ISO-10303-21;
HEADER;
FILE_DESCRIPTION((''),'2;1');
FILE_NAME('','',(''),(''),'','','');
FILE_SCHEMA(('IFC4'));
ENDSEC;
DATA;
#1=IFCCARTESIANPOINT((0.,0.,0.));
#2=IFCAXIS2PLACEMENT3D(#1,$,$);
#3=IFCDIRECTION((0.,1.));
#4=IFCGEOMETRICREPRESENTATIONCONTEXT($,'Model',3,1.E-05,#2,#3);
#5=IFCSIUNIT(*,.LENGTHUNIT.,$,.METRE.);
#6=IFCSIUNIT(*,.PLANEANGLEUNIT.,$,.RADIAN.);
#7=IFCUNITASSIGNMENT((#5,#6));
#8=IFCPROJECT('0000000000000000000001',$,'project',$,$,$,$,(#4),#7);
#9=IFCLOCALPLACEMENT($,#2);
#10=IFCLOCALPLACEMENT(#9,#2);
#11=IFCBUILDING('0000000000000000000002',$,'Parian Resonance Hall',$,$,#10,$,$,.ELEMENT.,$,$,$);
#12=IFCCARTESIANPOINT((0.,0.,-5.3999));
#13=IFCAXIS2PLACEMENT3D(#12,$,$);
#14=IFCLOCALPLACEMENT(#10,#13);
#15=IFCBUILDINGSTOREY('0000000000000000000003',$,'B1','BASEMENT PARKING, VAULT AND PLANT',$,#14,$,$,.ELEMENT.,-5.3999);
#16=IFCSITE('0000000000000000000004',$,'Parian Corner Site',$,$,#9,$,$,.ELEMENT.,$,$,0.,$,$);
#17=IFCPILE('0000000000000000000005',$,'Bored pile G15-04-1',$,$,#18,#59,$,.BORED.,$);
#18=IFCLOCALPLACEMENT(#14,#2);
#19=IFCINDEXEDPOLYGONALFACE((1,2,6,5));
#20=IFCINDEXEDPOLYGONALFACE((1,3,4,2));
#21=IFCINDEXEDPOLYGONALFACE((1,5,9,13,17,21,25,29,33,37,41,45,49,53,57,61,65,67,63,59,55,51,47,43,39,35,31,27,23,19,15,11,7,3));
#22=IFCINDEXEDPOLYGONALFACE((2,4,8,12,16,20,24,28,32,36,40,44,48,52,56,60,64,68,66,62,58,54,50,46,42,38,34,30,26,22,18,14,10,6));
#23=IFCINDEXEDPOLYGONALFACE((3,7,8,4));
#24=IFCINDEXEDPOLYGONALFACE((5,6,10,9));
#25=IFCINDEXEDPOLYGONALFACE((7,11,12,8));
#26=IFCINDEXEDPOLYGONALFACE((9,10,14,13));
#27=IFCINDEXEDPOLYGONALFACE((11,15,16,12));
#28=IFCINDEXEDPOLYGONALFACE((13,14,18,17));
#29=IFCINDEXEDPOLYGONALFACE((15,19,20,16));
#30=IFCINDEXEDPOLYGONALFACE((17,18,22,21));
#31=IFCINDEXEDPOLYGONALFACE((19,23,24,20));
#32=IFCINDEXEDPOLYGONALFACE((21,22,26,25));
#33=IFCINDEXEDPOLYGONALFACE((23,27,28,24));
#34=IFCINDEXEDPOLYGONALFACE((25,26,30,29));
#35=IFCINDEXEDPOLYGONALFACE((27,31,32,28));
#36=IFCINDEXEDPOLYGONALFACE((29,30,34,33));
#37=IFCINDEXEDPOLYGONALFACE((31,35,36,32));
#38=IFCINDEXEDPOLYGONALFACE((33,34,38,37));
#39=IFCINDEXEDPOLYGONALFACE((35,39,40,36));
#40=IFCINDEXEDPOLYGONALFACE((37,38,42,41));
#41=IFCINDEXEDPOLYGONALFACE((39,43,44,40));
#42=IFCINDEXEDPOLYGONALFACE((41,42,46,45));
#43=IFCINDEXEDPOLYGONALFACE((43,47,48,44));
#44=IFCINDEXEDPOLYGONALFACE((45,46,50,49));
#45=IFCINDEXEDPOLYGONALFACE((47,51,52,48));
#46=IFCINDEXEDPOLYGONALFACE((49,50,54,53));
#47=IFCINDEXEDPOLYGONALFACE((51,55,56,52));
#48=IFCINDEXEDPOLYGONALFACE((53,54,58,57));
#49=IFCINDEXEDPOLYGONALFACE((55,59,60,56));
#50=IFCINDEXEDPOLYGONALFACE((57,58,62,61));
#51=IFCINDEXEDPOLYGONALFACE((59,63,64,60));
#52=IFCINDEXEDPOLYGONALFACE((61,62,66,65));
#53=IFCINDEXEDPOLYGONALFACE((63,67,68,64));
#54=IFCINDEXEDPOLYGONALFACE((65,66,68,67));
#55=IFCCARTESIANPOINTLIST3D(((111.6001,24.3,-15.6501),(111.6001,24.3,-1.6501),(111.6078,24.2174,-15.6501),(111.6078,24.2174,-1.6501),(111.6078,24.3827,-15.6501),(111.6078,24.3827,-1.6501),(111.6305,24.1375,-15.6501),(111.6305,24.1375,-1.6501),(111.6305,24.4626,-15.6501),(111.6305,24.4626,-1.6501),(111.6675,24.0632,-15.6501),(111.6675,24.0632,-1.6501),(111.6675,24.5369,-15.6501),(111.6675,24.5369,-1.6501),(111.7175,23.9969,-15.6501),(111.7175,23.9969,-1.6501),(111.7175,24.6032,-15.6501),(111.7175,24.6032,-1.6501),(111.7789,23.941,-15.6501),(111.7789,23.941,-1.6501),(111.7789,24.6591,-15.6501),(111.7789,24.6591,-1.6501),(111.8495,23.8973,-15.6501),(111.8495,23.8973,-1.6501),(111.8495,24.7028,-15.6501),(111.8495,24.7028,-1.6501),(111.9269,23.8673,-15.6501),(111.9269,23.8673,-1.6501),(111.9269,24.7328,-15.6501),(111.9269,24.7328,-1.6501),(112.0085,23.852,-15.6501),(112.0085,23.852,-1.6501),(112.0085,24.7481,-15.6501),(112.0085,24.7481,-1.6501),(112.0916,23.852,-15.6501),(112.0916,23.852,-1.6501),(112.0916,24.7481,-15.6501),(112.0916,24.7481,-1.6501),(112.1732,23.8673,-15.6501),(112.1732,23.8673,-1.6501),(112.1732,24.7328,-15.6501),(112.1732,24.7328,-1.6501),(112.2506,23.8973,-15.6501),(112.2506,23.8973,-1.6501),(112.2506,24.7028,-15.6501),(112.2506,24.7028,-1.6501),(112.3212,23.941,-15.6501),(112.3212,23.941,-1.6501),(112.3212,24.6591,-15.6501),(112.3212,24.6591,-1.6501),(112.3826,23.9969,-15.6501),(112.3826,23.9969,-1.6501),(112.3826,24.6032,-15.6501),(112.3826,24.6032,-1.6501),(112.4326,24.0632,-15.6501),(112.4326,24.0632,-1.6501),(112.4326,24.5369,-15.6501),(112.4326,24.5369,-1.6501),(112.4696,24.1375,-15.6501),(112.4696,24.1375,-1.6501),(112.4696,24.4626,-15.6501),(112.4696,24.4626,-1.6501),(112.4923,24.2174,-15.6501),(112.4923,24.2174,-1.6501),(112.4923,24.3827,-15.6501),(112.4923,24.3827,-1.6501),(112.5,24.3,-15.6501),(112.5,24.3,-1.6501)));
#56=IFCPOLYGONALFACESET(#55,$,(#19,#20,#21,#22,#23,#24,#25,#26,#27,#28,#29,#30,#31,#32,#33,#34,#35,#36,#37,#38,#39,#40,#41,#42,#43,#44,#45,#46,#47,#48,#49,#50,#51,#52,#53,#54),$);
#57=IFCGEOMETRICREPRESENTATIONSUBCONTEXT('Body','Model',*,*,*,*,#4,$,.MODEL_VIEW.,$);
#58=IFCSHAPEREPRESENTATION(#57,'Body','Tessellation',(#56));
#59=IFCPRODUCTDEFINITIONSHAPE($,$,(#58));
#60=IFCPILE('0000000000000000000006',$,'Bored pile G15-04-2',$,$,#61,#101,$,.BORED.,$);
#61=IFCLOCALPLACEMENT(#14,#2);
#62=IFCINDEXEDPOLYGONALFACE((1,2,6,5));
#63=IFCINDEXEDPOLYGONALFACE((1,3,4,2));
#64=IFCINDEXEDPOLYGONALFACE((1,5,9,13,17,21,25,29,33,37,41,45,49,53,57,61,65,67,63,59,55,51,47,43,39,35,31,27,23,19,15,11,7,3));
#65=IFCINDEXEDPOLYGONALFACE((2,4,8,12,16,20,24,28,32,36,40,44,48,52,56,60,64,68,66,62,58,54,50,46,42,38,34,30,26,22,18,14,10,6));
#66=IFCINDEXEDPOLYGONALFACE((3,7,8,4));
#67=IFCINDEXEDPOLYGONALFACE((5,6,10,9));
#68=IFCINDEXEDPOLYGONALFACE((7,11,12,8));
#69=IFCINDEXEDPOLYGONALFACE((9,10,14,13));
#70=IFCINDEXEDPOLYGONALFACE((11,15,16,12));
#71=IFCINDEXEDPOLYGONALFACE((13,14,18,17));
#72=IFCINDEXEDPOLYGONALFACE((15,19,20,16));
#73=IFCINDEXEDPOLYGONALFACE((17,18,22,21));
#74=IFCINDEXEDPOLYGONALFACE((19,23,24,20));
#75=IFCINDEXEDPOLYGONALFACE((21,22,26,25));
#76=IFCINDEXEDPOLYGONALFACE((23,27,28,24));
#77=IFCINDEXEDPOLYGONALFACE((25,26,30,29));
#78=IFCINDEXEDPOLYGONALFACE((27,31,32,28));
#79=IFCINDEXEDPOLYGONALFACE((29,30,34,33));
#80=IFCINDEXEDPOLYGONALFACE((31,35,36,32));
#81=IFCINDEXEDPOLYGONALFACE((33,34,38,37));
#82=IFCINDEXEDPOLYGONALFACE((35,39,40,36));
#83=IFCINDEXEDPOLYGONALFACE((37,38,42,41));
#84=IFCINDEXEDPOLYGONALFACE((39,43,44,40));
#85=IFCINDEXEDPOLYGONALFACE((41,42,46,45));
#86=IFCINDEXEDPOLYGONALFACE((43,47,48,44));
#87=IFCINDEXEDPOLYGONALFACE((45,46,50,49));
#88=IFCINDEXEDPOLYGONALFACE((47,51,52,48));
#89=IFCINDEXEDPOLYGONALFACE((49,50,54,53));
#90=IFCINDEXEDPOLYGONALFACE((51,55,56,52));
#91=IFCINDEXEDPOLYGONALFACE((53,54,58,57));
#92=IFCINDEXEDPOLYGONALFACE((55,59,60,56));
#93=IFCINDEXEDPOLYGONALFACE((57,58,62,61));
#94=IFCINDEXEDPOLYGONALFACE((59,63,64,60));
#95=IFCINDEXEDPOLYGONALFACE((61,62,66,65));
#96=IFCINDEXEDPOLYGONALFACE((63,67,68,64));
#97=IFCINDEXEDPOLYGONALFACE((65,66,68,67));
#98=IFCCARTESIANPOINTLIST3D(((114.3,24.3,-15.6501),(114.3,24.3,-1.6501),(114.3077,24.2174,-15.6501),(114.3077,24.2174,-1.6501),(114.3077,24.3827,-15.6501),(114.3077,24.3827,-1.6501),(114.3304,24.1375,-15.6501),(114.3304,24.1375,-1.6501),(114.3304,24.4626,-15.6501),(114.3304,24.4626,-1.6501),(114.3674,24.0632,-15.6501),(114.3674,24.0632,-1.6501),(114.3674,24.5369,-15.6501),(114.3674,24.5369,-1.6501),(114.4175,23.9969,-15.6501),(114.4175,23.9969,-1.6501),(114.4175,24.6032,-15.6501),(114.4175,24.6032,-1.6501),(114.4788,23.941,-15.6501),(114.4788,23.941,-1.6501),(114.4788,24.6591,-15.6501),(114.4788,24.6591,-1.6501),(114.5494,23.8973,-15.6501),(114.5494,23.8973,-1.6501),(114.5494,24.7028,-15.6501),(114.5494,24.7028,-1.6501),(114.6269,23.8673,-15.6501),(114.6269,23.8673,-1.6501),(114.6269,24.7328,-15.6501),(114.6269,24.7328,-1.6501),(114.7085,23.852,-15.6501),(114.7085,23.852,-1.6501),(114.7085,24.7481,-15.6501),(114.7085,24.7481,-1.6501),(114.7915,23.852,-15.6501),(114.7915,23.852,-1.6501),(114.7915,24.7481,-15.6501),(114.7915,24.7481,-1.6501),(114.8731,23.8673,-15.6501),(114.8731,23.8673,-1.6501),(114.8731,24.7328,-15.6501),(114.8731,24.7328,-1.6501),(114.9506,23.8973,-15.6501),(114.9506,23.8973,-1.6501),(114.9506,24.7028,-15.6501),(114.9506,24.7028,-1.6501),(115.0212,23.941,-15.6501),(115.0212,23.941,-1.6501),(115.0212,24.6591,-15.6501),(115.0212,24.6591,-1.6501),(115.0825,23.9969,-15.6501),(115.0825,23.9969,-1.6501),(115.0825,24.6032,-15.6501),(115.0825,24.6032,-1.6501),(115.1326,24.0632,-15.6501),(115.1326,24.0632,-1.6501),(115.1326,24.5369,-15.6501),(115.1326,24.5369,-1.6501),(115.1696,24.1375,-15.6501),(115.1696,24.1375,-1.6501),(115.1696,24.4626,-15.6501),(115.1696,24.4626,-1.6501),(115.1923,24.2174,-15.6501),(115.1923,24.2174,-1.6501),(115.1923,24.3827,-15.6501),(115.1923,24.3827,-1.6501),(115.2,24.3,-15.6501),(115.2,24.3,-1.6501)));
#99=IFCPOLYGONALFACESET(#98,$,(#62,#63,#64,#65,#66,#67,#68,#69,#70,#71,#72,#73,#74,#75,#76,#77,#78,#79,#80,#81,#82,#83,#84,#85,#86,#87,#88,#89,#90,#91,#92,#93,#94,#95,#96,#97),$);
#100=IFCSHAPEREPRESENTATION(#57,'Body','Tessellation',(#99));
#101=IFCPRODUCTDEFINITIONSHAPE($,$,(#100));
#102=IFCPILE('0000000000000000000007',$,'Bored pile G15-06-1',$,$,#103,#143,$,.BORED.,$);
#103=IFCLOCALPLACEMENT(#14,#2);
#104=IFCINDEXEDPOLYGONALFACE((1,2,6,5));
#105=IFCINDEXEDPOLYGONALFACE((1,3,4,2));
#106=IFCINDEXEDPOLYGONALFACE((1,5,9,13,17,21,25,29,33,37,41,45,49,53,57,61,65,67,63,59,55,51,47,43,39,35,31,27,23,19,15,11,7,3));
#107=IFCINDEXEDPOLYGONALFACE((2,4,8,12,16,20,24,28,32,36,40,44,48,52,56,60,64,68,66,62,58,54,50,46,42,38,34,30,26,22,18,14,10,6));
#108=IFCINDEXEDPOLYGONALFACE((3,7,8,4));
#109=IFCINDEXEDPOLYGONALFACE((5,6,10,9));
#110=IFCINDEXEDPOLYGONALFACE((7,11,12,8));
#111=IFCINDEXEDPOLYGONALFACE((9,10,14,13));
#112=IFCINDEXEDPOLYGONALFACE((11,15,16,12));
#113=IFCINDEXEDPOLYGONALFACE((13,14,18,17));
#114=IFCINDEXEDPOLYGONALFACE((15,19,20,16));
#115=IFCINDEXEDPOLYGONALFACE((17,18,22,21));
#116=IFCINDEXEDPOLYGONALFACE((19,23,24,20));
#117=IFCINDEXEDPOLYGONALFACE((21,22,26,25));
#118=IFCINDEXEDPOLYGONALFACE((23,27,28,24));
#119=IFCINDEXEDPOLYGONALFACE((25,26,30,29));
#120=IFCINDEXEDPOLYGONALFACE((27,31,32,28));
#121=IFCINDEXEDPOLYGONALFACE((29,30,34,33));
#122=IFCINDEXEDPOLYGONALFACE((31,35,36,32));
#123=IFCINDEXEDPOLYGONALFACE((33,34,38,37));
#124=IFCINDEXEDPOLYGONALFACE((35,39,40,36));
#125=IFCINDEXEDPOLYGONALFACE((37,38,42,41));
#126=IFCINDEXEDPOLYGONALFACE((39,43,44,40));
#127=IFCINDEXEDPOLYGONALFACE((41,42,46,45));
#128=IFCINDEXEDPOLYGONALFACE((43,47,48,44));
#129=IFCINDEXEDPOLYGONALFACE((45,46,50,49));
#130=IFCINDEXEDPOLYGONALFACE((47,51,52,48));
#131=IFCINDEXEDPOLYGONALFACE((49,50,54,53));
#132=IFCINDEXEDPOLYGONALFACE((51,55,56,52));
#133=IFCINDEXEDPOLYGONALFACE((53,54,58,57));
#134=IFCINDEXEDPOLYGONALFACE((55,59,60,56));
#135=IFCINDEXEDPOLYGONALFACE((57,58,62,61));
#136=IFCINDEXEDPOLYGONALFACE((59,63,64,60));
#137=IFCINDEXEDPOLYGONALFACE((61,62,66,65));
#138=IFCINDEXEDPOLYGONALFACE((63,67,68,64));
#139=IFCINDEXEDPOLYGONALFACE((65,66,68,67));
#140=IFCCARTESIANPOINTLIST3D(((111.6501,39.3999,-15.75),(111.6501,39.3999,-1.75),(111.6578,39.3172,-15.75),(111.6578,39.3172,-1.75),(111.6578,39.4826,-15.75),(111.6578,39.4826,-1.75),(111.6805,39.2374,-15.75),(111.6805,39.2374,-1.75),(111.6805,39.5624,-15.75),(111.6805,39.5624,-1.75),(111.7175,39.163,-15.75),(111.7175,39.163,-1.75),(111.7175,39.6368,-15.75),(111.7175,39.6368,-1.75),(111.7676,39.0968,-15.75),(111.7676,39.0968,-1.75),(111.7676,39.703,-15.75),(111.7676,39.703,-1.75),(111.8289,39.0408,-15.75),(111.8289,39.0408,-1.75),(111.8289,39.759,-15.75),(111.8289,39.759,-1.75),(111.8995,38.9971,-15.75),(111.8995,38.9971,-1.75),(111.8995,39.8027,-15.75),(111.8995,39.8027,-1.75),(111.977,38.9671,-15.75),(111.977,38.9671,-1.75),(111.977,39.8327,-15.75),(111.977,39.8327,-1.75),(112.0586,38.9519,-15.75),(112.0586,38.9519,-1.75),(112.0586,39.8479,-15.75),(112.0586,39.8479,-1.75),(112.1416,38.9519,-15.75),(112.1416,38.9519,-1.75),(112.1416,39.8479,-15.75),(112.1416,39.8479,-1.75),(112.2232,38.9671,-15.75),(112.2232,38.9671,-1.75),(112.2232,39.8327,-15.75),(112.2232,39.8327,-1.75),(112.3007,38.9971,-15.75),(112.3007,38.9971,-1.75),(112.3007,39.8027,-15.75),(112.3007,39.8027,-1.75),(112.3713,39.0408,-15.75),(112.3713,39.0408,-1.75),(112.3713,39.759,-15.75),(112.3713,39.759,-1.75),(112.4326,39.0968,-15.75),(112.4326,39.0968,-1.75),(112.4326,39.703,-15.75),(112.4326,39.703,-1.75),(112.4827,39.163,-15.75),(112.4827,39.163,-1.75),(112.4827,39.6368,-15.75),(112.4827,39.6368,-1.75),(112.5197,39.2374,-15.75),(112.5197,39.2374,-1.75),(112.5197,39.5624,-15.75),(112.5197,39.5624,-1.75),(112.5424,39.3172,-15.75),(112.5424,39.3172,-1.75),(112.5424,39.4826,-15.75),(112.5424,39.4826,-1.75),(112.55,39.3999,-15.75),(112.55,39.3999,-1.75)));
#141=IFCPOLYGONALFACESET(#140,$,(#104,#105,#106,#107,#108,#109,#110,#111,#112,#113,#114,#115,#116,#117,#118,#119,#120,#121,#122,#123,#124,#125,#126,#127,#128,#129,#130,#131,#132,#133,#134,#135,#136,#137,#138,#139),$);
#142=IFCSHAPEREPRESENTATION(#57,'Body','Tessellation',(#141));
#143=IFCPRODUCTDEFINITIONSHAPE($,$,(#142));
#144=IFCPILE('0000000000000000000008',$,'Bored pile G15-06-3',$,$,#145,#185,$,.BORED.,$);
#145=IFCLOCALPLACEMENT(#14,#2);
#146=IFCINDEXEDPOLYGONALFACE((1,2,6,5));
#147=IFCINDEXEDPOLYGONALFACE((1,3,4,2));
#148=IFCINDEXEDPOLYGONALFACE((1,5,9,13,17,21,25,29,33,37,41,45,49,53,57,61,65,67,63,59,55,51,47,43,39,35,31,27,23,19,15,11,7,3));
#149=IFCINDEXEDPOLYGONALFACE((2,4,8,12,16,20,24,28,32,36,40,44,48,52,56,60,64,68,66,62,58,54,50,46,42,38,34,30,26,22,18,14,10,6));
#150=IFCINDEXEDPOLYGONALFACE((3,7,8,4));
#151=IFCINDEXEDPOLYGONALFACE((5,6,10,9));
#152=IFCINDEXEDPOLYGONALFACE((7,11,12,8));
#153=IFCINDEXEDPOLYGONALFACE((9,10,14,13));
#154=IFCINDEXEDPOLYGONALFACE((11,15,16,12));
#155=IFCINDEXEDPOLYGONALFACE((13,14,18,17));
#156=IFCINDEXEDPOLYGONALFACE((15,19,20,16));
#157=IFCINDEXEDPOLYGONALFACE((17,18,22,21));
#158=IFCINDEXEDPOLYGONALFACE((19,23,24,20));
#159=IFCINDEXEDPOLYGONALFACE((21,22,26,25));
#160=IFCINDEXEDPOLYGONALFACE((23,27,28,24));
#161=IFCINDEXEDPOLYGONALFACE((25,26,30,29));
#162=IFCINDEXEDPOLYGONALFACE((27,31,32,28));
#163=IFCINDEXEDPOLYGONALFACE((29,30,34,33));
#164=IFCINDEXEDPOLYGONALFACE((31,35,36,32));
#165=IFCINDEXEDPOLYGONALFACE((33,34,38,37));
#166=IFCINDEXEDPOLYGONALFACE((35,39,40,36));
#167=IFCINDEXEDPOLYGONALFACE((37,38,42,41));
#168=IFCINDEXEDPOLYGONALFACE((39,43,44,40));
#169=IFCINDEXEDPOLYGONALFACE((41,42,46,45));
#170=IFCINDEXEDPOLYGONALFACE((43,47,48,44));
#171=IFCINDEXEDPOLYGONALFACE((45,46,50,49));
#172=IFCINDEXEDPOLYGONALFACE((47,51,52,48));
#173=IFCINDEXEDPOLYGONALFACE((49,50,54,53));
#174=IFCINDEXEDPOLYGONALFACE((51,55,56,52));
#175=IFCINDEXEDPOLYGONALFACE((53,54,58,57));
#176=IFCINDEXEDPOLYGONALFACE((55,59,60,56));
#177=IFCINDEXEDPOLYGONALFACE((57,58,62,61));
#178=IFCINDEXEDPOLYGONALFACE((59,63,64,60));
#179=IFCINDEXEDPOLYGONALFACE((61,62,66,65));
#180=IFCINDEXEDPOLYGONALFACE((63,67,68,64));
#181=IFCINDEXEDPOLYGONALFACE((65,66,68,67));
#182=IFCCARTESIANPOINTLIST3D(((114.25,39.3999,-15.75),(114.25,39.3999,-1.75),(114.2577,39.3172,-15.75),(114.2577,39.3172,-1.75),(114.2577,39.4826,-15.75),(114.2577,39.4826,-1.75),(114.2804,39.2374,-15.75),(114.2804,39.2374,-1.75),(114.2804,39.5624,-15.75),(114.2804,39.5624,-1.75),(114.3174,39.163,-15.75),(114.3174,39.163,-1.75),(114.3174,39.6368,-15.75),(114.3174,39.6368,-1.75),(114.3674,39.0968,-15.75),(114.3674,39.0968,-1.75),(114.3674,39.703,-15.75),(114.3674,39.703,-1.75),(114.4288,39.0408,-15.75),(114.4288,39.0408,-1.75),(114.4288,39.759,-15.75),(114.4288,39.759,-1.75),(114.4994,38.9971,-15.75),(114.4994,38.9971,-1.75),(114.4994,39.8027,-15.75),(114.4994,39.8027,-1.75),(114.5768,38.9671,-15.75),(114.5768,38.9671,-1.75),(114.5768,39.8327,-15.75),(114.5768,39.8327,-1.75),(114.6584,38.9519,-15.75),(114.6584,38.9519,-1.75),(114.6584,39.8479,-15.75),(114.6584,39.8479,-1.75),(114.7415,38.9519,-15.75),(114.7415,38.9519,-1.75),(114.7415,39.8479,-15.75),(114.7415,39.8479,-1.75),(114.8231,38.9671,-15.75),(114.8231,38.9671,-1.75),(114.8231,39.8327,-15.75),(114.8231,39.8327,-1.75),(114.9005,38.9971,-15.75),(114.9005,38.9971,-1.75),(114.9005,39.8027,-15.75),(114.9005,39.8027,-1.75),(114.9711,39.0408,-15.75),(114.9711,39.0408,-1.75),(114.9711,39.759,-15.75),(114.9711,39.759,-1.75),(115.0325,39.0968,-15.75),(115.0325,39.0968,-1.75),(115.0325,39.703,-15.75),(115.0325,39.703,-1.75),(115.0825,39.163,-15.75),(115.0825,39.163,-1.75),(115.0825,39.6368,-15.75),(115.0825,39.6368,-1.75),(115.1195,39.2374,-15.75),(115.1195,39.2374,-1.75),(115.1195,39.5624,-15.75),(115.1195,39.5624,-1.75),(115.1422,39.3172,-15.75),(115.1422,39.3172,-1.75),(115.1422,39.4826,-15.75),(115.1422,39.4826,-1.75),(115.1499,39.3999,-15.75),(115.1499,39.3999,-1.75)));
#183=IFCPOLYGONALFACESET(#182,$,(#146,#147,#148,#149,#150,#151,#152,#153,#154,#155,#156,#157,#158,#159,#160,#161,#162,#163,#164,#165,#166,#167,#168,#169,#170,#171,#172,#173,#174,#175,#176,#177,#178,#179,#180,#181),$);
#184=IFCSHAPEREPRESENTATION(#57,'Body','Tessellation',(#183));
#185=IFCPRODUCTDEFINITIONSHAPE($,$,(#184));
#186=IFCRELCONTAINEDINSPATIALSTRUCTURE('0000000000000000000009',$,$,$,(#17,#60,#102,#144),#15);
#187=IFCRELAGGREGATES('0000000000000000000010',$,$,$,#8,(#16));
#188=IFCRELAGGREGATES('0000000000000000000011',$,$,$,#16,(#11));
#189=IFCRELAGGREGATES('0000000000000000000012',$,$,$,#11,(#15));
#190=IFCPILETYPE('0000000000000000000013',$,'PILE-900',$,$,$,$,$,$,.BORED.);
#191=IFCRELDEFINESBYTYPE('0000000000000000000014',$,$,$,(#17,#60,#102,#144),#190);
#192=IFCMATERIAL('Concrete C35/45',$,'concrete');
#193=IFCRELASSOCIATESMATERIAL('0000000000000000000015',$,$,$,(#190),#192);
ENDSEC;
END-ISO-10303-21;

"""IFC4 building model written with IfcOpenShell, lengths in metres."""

from ifc_helpers import new_model, si_unit, direction, frame, origin, origin_2d, place, context, subcontext, project, spatial, circle, extrude, material, material_profile, profile_set, type_object, element, save


model = new_model("IFC4")

# Units and contexts
model_context = context("Model", 3, precision=1e-05, world=origin(), true_north=direction((0.0, 1.0)))
body_context = subcontext(model_context, "Body", "Model", "MODEL_VIEW")
ifc_project = project(units=[si_unit("LENGTHUNIT", "METRE"), si_unit("PLANEANGLEUNIT", "RADIAN")], contexts=[model_context])

# Site, building, storey
site_placement = place(None, origin())
site = spatial("IfcSite", under=ifc_project, at=site_placement, Name="Parian Corner Site", CompositionType="ELEMENT", RefElevation=0.0)
building_placement = place(site_placement, origin())
building = spatial("IfcBuilding", under=site, at=building_placement, Name="Parian Resonance Hall", CompositionType="ELEMENT")
storey_placement = place(building_placement, frame((0.0, 0.0, -5.3999)))
storey = spatial("IfcBuildingStorey", under=building, at=storey_placement, Name="B1", Description="BASEMENT PARKING, VAULT AND PLANT", CompositionType="ELEMENT", Elevation=-5.3999)

# Piles
ifc_material_1 = material(Name="Concrete C35/45", Category="concrete")
ifc_material_profile_1 = material_profile(ifc_material_1, circle(Radius=0.45, at=origin_2d()), Name="PILE-D900")
ifc_profile_set_1 = profile_set([ifc_material_profile_1], Name="Concrete C35/45")
pile_type_1 = type_object("IfcPileType", Name="PILE-900", PredefinedType="BORED", material=ifc_profile_set_1)
for number, where, z_axis, x_axis, name in (
    (1, (112.05, 24.3, -1.6501), (0.0, 0.0, -1.0), (1.0, 0.0, 0.0), "Bored pile G15-04-1"),
    (2, (114.75, 24.3, -1.6501), (0.0, 0.0, -1.0), (1.0, 0.0, 0.0), "Bored pile G15-04-2"),
    (3, (112.1001, 39.3999, -1.75), (0.0, 0.0, -1.0), (1.0, 0.0, 0.0), "Bored pile G15-06-1"),
    (4, (114.7, 39.3999, -1.75), (0.0, 0.0, -1.0), (1.0, 0.0, 0.0), "Bored pile G15-06-3"),
):
    element("IfcPile", number, at=place(storey_placement, frame(where, z_axis=z_axis, x_axis=x_axis)), inside=storey, type_object=pile_type_1, Name=name, PredefinedType="BORED", context=body_context, shape_type="SweptSolid", body=[
        extrude(circle(Radius=0.45, at=origin_2d()), origin(), (0.0, 0.0, 1.0), 14.0),
    ])

save(model, "model.ifc")
